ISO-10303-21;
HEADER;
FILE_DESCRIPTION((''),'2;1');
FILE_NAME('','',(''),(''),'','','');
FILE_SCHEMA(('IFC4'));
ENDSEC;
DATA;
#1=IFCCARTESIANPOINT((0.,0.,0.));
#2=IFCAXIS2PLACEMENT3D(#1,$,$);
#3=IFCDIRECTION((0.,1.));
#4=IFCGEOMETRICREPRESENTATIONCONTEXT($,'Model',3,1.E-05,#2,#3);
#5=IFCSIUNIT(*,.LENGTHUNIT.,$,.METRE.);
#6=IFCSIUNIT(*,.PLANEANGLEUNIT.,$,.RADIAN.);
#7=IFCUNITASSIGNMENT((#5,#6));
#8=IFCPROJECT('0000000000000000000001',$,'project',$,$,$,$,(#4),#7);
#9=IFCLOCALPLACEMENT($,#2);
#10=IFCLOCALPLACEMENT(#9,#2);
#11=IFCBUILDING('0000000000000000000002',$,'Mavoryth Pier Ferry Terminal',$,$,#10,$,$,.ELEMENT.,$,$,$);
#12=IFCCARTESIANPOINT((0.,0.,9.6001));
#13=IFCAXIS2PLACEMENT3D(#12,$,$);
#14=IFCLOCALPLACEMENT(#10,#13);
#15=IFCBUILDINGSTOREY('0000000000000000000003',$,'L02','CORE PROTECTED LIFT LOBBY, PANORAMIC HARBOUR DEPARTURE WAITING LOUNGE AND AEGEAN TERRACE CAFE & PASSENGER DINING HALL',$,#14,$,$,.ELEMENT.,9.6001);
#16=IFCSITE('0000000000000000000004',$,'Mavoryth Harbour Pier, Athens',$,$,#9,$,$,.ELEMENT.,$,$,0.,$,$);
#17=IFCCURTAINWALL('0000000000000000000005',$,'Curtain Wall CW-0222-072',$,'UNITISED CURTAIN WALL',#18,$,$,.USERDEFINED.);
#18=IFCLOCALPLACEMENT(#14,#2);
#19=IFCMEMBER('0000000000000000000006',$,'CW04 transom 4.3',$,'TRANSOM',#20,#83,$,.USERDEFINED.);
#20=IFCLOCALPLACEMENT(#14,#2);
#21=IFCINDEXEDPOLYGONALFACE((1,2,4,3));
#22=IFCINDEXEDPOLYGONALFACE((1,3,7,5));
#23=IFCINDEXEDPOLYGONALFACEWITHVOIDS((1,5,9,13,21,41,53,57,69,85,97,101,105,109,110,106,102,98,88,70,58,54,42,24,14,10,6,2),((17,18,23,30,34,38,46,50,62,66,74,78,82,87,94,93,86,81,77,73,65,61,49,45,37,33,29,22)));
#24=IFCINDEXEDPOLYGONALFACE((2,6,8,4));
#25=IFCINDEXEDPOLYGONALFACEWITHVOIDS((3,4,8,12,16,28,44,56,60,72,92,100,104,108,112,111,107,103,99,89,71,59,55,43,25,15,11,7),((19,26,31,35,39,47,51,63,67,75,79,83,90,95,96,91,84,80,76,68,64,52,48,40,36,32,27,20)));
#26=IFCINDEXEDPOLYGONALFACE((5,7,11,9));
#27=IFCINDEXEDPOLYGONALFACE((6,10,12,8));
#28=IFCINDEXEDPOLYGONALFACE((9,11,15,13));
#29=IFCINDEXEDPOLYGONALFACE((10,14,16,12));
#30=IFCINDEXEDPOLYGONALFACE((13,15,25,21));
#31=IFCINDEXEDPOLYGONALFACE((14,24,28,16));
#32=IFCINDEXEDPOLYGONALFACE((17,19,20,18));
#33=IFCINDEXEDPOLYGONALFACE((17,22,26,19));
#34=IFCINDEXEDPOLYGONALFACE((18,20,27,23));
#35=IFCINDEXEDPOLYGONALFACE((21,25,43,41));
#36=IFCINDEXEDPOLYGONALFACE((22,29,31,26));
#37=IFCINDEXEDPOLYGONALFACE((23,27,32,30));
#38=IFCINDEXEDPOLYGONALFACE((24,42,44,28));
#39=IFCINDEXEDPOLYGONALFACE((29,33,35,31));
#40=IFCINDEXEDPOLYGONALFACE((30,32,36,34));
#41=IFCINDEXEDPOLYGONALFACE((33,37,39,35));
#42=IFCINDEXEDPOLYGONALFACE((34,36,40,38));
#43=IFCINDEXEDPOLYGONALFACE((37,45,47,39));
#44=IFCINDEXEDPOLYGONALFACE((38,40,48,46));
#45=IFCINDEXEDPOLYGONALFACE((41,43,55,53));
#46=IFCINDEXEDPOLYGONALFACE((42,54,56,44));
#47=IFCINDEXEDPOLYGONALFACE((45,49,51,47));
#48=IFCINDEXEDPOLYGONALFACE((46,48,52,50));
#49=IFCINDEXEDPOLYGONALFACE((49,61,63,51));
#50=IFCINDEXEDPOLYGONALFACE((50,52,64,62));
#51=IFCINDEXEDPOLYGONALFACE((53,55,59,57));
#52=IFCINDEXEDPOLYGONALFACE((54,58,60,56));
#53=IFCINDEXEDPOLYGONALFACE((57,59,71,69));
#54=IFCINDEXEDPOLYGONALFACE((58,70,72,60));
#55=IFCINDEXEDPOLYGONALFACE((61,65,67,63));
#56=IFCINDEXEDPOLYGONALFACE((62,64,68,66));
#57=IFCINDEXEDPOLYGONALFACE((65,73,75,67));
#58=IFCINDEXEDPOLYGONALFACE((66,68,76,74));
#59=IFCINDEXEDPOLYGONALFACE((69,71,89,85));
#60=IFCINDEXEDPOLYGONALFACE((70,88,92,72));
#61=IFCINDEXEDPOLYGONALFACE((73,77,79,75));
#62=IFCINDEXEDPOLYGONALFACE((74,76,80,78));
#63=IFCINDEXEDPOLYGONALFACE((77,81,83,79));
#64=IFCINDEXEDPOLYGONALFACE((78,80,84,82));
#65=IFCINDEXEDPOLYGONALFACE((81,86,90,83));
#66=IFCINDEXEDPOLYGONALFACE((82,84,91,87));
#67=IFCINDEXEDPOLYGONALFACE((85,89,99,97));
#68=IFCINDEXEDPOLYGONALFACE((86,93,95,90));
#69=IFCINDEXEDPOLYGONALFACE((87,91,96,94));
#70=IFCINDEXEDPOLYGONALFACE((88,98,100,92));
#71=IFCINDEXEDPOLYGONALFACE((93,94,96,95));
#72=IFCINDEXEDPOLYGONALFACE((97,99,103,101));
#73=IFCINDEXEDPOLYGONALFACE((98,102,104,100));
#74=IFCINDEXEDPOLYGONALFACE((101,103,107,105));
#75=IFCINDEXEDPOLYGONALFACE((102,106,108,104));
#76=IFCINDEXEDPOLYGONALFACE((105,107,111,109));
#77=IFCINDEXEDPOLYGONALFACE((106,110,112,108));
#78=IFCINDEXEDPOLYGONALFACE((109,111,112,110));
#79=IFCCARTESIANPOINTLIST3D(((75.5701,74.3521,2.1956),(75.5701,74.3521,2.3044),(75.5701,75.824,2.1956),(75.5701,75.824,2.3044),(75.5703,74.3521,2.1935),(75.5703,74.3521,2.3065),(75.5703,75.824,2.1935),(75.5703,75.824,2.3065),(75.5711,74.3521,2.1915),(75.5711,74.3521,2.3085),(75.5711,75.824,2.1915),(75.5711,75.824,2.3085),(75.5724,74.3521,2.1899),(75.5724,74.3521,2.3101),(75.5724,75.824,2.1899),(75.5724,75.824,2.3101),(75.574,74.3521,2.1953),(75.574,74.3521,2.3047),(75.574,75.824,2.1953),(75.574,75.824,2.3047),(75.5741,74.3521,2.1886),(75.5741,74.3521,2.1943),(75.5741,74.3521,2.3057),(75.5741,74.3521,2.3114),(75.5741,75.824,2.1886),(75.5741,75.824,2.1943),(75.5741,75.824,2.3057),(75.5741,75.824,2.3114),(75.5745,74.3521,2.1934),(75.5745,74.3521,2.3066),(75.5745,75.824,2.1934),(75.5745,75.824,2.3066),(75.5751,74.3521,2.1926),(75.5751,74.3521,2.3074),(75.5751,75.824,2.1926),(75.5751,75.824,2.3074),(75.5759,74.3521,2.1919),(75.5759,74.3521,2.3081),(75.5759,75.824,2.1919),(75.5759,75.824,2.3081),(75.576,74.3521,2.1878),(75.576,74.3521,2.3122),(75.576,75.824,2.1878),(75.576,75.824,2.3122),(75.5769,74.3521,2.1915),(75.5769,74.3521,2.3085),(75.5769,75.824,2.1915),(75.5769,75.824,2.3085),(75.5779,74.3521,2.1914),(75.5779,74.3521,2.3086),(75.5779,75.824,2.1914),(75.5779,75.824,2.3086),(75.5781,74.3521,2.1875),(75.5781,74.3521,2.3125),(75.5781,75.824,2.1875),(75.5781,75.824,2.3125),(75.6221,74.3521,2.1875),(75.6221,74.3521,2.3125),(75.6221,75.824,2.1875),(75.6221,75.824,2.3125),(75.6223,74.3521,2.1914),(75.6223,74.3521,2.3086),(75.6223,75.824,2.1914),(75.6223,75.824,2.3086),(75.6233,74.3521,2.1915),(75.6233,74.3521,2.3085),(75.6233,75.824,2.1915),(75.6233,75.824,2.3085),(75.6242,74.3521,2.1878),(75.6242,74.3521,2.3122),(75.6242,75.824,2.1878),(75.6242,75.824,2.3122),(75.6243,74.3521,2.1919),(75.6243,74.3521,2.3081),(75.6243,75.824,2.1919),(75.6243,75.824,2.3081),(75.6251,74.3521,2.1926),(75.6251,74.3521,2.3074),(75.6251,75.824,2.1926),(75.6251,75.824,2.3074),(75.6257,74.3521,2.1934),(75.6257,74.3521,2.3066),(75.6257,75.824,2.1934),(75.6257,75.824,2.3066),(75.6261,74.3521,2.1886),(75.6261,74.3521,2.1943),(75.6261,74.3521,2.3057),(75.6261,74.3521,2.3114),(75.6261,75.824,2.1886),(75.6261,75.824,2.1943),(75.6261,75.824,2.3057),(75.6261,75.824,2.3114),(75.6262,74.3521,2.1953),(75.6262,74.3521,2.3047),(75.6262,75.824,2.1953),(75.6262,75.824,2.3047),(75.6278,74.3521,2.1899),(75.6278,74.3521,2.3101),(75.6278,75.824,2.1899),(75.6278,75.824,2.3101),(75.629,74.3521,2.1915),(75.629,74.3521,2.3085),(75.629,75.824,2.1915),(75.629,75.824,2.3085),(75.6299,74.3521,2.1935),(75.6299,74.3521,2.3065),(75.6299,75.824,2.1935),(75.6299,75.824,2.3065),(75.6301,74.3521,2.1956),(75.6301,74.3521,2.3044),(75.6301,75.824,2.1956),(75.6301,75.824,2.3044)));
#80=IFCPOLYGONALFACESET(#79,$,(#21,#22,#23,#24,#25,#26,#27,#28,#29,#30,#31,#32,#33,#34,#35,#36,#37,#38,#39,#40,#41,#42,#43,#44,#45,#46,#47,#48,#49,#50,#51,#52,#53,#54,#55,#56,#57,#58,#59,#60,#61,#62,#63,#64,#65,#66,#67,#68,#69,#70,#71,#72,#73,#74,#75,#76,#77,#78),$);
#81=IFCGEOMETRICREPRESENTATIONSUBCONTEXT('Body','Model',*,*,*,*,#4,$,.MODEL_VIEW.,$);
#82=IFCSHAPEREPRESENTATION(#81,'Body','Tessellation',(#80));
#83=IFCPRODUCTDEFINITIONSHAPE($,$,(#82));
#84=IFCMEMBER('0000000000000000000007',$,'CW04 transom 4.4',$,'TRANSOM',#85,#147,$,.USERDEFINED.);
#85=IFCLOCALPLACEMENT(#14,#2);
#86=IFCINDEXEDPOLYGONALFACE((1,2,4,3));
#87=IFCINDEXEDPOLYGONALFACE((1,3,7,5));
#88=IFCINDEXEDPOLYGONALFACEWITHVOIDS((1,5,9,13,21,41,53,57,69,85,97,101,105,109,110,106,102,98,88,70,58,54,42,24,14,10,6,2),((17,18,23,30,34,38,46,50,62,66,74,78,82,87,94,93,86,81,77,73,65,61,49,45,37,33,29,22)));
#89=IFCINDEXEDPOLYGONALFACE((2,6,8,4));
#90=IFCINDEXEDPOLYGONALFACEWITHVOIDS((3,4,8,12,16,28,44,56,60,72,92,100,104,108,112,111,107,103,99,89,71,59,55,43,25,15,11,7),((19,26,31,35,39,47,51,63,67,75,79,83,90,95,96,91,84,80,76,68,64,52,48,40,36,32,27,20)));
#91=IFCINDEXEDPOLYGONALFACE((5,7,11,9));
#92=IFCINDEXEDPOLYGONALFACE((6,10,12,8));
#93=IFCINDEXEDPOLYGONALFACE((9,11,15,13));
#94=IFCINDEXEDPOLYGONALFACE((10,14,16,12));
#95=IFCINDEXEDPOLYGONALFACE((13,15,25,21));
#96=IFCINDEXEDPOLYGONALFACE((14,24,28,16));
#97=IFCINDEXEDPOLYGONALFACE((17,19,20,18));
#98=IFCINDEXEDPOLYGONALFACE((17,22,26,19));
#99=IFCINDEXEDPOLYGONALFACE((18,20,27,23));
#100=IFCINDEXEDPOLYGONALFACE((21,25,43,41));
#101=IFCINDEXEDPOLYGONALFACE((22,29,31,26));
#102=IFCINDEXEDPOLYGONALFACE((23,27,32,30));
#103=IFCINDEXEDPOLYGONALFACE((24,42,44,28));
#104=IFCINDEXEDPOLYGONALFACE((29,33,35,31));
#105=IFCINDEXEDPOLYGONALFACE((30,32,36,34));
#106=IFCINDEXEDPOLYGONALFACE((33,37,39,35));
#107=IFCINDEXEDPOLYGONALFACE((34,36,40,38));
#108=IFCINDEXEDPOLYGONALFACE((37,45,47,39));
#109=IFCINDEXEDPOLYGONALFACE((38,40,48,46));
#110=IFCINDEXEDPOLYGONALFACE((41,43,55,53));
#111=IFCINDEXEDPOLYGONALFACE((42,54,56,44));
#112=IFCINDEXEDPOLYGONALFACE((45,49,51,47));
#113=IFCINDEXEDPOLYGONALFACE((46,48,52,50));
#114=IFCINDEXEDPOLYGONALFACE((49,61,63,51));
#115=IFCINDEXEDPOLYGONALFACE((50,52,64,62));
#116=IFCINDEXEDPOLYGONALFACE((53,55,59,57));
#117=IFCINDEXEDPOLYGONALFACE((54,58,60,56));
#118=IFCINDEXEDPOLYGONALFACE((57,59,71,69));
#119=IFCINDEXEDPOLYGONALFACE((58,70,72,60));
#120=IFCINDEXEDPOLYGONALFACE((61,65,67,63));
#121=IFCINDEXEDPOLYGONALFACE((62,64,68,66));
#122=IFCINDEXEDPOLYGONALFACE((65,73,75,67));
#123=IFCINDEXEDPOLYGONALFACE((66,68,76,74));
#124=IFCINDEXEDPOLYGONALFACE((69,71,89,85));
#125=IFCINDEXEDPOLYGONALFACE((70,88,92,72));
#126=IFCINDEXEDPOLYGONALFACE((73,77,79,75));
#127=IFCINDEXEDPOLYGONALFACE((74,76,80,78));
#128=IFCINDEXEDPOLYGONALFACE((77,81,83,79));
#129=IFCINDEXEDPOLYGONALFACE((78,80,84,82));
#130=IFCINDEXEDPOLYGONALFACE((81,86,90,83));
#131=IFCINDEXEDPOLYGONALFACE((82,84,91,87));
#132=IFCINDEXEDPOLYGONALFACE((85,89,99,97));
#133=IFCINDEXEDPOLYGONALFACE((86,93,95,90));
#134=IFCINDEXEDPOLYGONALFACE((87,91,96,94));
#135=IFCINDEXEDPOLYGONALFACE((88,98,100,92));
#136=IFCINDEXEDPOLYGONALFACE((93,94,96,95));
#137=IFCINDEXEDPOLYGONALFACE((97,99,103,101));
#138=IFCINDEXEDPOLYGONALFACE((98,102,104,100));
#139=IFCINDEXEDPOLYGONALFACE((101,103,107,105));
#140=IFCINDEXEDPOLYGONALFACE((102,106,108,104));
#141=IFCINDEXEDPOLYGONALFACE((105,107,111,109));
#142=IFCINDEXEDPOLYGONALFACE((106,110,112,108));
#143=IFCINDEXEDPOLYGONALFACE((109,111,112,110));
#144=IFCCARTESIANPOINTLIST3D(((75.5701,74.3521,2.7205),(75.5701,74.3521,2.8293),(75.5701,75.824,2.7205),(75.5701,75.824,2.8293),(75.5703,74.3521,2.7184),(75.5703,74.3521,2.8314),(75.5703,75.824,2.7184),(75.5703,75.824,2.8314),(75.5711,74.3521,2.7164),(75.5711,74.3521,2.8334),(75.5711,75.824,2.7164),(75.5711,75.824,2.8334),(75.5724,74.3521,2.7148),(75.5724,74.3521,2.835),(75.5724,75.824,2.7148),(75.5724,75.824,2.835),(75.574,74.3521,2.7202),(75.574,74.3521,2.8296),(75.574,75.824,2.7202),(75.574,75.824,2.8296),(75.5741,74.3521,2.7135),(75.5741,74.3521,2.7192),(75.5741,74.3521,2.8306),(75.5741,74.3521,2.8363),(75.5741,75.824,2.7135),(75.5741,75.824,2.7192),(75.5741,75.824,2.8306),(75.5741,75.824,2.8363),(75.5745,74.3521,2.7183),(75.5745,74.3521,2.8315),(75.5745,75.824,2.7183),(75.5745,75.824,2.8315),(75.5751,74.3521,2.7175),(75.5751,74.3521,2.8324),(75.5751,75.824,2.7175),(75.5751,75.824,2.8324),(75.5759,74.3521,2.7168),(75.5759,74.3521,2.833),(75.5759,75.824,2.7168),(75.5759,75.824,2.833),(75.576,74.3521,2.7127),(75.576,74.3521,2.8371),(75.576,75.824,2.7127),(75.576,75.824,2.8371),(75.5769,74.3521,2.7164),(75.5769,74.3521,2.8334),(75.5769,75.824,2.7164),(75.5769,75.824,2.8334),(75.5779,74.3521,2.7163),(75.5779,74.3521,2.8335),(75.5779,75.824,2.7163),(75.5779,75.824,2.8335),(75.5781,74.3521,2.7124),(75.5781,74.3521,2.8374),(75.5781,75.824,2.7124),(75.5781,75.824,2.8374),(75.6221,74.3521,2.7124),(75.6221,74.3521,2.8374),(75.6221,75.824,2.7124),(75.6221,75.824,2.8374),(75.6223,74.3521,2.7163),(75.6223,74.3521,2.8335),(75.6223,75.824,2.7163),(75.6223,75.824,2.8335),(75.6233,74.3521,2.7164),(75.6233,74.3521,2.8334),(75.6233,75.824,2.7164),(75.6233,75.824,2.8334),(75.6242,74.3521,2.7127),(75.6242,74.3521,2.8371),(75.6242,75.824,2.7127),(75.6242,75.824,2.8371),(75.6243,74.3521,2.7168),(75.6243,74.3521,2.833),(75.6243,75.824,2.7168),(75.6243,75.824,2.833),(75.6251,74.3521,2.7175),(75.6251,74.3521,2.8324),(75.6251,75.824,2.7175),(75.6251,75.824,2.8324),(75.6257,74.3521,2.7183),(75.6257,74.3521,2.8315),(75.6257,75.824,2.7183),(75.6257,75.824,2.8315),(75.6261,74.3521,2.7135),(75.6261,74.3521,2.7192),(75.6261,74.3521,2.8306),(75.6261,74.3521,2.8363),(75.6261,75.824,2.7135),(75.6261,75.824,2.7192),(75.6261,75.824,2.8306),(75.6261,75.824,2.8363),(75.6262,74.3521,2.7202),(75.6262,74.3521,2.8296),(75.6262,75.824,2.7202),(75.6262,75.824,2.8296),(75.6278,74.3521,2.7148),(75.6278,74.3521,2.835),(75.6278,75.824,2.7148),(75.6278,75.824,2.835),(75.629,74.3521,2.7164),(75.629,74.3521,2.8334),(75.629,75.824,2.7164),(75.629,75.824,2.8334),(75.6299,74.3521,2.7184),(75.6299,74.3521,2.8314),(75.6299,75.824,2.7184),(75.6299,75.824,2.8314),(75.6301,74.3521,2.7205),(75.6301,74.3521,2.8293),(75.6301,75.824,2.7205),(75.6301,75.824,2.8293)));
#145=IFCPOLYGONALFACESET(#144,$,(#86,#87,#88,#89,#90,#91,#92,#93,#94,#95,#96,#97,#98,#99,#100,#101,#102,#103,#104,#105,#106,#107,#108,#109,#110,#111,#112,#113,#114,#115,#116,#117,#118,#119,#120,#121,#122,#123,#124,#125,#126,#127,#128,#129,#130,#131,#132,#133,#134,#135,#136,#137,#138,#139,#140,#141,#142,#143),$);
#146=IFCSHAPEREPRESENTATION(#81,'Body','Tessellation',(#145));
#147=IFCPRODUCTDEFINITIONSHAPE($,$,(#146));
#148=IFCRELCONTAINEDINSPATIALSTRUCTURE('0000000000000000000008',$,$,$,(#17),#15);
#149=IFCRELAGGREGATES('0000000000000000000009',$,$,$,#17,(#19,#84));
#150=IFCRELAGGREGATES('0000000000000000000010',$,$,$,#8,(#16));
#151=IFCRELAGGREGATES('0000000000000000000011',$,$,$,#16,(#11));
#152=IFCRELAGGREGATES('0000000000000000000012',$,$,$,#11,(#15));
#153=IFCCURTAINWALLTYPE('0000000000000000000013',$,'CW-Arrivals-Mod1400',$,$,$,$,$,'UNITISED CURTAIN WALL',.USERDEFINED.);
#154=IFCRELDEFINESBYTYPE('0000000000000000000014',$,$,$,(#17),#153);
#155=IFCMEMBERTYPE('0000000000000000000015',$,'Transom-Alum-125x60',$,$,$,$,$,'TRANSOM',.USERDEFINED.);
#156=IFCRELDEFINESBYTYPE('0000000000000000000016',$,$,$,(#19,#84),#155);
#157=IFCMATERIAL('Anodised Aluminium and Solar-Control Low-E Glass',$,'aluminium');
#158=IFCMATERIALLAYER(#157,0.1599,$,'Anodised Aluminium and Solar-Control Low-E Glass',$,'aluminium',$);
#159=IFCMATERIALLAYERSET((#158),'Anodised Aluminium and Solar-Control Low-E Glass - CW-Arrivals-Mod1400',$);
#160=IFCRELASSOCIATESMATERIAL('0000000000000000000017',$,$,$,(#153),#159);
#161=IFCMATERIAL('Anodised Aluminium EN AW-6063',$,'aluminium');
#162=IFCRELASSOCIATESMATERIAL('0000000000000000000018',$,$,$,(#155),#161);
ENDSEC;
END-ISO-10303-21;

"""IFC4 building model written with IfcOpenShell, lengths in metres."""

from ifc_helpers import new_model, si_unit, direction, frame, origin, origin_2d, place, context, subcontext, project, spatial, hollow_rectangle, extrude, material, layer, layer_set, material_profile, profile_set, type_object, element, aggregate, save


model = new_model("IFC4")

# Units and contexts
model_context = context("Model", 3, precision=1e-05, world=origin(), true_north=direction((0.0, 1.0)))
body_context = subcontext(model_context, "Body", "Model", "MODEL_VIEW")
ifc_project = project(units=[si_unit("LENGTHUNIT", "METRE"), si_unit("PLANEANGLEUNIT", "RADIAN")], contexts=[model_context])

# Site, building, storey
site_placement = place(None, origin())
site = spatial("IfcSite", under=ifc_project, at=site_placement, Name="Mavoryth Harbour Pier, Athens", CompositionType="ELEMENT", RefElevation=0.0)
building_placement = place(site_placement, origin())
building = spatial("IfcBuilding", under=site, at=building_placement, Name="Mavoryth Pier Ferry Terminal", CompositionType="ELEMENT")
storey_placement = place(building_placement, frame((0.0, 0.0, 9.6001)))
storey = spatial("IfcBuildingStorey", under=building, at=storey_placement, Name="L02", Description="CORE PROTECTED LIFT LOBBY, PANORAMIC HARBOUR DEPARTURE WAITING LOUNGE AND AEGEAN TERRACE CAFE & PASSENGER DINING HALL", CompositionType="ELEMENT", Elevation=9.6001)

# Curtain wall
ifc_material_1 = material(Name="Anodised Aluminium and Solar-Control Low-E Glass", Category="aluminium")
ifc_layer_1 = layer(ifc_material_1, 0.1599, Name="Anodised Aluminium and Solar-Control Low-E Glass", Category="aluminium")
ifc_layer_set_1 = layer_set([ifc_layer_1], Name="Anodised Aluminium and Solar-Control Low-E Glass - CW-Arrivals-Mod1400")
curtain_wall_type = type_object("IfcCurtainWallType", Name="CW-Arrivals-Mod1400", ElementType="UNITISED CURTAIN WALL", PredefinedType="USERDEFINED", material=ifc_layer_set_1)
curtain_wall_placement = place(storey_placement, origin())
curtain_wall = element("IfcCurtainWall", 1, at=curtain_wall_placement, inside=storey, type_object=curtain_wall_type, Name="Curtain Wall CW-0222-072", ObjectType="UNITISED CURTAIN WALL", PredefinedType="USERDEFINED")
ifc_material_2 = material(Name="Anodised Aluminium EN AW-6063", Category="aluminium")

# Members
ifc_material_profile_1 = material_profile(ifc_material_2, hollow_rectangle(XDim=0.0601, YDim=0.125, WallThickness=0.0039, InnerFilletRadius=0.0039, OuterFilletRadius=0.0081, at=origin_2d()), Name="AL-TRAN 125x60x4", Category="aluminium")
ifc_profile_set_1 = profile_set([ifc_material_profile_1], Name="Anodised Aluminium EN AW-6063 - AL-TRAN 125x60x4")
member_type_1 = type_object("IfcMemberType", Name="Transom-Alum-125x60", ElementType="TRANSOM", PredefinedType="USERDEFINED", material=ifc_profile_set_1)
member_1_placement = place(storey_placement, frame((75.6001, 75.824, 2.25), z_axis=(0.0, -1.0, 0.0), x_axis=(1.0, 0.0, 0.0)))
member_1 = element("IfcMember", 2, at=member_1_placement, type_object=member_type_1, Name="CW04 transom 4.3", ObjectType="TRANSOM", PredefinedType="USERDEFINED", context=body_context, shape_type="SweptSolid", body=[
    extrude(hollow_rectangle(XDim=0.0601, YDim=0.125, WallThickness=0.0039, InnerFilletRadius=0.0039, OuterFilletRadius=0.0081, at=origin_2d()), origin(), (0.0, 0.0, 1.0), 1.4719),
])
member_2_placement = place(storey_placement, frame((75.6001, 75.824, 2.7749), z_axis=(0.0, -1.0, 0.0), x_axis=(1.0, 0.0, 0.0)))
member_2 = element("IfcMember", 3, at=member_2_placement, type_object=member_type_1, Name="CW04 transom 4.4", ObjectType="TRANSOM", PredefinedType="USERDEFINED", context=body_context, shape_type="SweptSolid", body=[
    extrude(hollow_rectangle(XDim=0.0601, YDim=0.125, WallThickness=0.0039, InnerFilletRadius=0.0039, OuterFilletRadius=0.0081, at=origin_2d()), origin(), (0.0, 0.0, 1.0), 1.4719),
])

aggregate(curtain_wall, [member_1, member_2])

save(model, "model.ifc")
